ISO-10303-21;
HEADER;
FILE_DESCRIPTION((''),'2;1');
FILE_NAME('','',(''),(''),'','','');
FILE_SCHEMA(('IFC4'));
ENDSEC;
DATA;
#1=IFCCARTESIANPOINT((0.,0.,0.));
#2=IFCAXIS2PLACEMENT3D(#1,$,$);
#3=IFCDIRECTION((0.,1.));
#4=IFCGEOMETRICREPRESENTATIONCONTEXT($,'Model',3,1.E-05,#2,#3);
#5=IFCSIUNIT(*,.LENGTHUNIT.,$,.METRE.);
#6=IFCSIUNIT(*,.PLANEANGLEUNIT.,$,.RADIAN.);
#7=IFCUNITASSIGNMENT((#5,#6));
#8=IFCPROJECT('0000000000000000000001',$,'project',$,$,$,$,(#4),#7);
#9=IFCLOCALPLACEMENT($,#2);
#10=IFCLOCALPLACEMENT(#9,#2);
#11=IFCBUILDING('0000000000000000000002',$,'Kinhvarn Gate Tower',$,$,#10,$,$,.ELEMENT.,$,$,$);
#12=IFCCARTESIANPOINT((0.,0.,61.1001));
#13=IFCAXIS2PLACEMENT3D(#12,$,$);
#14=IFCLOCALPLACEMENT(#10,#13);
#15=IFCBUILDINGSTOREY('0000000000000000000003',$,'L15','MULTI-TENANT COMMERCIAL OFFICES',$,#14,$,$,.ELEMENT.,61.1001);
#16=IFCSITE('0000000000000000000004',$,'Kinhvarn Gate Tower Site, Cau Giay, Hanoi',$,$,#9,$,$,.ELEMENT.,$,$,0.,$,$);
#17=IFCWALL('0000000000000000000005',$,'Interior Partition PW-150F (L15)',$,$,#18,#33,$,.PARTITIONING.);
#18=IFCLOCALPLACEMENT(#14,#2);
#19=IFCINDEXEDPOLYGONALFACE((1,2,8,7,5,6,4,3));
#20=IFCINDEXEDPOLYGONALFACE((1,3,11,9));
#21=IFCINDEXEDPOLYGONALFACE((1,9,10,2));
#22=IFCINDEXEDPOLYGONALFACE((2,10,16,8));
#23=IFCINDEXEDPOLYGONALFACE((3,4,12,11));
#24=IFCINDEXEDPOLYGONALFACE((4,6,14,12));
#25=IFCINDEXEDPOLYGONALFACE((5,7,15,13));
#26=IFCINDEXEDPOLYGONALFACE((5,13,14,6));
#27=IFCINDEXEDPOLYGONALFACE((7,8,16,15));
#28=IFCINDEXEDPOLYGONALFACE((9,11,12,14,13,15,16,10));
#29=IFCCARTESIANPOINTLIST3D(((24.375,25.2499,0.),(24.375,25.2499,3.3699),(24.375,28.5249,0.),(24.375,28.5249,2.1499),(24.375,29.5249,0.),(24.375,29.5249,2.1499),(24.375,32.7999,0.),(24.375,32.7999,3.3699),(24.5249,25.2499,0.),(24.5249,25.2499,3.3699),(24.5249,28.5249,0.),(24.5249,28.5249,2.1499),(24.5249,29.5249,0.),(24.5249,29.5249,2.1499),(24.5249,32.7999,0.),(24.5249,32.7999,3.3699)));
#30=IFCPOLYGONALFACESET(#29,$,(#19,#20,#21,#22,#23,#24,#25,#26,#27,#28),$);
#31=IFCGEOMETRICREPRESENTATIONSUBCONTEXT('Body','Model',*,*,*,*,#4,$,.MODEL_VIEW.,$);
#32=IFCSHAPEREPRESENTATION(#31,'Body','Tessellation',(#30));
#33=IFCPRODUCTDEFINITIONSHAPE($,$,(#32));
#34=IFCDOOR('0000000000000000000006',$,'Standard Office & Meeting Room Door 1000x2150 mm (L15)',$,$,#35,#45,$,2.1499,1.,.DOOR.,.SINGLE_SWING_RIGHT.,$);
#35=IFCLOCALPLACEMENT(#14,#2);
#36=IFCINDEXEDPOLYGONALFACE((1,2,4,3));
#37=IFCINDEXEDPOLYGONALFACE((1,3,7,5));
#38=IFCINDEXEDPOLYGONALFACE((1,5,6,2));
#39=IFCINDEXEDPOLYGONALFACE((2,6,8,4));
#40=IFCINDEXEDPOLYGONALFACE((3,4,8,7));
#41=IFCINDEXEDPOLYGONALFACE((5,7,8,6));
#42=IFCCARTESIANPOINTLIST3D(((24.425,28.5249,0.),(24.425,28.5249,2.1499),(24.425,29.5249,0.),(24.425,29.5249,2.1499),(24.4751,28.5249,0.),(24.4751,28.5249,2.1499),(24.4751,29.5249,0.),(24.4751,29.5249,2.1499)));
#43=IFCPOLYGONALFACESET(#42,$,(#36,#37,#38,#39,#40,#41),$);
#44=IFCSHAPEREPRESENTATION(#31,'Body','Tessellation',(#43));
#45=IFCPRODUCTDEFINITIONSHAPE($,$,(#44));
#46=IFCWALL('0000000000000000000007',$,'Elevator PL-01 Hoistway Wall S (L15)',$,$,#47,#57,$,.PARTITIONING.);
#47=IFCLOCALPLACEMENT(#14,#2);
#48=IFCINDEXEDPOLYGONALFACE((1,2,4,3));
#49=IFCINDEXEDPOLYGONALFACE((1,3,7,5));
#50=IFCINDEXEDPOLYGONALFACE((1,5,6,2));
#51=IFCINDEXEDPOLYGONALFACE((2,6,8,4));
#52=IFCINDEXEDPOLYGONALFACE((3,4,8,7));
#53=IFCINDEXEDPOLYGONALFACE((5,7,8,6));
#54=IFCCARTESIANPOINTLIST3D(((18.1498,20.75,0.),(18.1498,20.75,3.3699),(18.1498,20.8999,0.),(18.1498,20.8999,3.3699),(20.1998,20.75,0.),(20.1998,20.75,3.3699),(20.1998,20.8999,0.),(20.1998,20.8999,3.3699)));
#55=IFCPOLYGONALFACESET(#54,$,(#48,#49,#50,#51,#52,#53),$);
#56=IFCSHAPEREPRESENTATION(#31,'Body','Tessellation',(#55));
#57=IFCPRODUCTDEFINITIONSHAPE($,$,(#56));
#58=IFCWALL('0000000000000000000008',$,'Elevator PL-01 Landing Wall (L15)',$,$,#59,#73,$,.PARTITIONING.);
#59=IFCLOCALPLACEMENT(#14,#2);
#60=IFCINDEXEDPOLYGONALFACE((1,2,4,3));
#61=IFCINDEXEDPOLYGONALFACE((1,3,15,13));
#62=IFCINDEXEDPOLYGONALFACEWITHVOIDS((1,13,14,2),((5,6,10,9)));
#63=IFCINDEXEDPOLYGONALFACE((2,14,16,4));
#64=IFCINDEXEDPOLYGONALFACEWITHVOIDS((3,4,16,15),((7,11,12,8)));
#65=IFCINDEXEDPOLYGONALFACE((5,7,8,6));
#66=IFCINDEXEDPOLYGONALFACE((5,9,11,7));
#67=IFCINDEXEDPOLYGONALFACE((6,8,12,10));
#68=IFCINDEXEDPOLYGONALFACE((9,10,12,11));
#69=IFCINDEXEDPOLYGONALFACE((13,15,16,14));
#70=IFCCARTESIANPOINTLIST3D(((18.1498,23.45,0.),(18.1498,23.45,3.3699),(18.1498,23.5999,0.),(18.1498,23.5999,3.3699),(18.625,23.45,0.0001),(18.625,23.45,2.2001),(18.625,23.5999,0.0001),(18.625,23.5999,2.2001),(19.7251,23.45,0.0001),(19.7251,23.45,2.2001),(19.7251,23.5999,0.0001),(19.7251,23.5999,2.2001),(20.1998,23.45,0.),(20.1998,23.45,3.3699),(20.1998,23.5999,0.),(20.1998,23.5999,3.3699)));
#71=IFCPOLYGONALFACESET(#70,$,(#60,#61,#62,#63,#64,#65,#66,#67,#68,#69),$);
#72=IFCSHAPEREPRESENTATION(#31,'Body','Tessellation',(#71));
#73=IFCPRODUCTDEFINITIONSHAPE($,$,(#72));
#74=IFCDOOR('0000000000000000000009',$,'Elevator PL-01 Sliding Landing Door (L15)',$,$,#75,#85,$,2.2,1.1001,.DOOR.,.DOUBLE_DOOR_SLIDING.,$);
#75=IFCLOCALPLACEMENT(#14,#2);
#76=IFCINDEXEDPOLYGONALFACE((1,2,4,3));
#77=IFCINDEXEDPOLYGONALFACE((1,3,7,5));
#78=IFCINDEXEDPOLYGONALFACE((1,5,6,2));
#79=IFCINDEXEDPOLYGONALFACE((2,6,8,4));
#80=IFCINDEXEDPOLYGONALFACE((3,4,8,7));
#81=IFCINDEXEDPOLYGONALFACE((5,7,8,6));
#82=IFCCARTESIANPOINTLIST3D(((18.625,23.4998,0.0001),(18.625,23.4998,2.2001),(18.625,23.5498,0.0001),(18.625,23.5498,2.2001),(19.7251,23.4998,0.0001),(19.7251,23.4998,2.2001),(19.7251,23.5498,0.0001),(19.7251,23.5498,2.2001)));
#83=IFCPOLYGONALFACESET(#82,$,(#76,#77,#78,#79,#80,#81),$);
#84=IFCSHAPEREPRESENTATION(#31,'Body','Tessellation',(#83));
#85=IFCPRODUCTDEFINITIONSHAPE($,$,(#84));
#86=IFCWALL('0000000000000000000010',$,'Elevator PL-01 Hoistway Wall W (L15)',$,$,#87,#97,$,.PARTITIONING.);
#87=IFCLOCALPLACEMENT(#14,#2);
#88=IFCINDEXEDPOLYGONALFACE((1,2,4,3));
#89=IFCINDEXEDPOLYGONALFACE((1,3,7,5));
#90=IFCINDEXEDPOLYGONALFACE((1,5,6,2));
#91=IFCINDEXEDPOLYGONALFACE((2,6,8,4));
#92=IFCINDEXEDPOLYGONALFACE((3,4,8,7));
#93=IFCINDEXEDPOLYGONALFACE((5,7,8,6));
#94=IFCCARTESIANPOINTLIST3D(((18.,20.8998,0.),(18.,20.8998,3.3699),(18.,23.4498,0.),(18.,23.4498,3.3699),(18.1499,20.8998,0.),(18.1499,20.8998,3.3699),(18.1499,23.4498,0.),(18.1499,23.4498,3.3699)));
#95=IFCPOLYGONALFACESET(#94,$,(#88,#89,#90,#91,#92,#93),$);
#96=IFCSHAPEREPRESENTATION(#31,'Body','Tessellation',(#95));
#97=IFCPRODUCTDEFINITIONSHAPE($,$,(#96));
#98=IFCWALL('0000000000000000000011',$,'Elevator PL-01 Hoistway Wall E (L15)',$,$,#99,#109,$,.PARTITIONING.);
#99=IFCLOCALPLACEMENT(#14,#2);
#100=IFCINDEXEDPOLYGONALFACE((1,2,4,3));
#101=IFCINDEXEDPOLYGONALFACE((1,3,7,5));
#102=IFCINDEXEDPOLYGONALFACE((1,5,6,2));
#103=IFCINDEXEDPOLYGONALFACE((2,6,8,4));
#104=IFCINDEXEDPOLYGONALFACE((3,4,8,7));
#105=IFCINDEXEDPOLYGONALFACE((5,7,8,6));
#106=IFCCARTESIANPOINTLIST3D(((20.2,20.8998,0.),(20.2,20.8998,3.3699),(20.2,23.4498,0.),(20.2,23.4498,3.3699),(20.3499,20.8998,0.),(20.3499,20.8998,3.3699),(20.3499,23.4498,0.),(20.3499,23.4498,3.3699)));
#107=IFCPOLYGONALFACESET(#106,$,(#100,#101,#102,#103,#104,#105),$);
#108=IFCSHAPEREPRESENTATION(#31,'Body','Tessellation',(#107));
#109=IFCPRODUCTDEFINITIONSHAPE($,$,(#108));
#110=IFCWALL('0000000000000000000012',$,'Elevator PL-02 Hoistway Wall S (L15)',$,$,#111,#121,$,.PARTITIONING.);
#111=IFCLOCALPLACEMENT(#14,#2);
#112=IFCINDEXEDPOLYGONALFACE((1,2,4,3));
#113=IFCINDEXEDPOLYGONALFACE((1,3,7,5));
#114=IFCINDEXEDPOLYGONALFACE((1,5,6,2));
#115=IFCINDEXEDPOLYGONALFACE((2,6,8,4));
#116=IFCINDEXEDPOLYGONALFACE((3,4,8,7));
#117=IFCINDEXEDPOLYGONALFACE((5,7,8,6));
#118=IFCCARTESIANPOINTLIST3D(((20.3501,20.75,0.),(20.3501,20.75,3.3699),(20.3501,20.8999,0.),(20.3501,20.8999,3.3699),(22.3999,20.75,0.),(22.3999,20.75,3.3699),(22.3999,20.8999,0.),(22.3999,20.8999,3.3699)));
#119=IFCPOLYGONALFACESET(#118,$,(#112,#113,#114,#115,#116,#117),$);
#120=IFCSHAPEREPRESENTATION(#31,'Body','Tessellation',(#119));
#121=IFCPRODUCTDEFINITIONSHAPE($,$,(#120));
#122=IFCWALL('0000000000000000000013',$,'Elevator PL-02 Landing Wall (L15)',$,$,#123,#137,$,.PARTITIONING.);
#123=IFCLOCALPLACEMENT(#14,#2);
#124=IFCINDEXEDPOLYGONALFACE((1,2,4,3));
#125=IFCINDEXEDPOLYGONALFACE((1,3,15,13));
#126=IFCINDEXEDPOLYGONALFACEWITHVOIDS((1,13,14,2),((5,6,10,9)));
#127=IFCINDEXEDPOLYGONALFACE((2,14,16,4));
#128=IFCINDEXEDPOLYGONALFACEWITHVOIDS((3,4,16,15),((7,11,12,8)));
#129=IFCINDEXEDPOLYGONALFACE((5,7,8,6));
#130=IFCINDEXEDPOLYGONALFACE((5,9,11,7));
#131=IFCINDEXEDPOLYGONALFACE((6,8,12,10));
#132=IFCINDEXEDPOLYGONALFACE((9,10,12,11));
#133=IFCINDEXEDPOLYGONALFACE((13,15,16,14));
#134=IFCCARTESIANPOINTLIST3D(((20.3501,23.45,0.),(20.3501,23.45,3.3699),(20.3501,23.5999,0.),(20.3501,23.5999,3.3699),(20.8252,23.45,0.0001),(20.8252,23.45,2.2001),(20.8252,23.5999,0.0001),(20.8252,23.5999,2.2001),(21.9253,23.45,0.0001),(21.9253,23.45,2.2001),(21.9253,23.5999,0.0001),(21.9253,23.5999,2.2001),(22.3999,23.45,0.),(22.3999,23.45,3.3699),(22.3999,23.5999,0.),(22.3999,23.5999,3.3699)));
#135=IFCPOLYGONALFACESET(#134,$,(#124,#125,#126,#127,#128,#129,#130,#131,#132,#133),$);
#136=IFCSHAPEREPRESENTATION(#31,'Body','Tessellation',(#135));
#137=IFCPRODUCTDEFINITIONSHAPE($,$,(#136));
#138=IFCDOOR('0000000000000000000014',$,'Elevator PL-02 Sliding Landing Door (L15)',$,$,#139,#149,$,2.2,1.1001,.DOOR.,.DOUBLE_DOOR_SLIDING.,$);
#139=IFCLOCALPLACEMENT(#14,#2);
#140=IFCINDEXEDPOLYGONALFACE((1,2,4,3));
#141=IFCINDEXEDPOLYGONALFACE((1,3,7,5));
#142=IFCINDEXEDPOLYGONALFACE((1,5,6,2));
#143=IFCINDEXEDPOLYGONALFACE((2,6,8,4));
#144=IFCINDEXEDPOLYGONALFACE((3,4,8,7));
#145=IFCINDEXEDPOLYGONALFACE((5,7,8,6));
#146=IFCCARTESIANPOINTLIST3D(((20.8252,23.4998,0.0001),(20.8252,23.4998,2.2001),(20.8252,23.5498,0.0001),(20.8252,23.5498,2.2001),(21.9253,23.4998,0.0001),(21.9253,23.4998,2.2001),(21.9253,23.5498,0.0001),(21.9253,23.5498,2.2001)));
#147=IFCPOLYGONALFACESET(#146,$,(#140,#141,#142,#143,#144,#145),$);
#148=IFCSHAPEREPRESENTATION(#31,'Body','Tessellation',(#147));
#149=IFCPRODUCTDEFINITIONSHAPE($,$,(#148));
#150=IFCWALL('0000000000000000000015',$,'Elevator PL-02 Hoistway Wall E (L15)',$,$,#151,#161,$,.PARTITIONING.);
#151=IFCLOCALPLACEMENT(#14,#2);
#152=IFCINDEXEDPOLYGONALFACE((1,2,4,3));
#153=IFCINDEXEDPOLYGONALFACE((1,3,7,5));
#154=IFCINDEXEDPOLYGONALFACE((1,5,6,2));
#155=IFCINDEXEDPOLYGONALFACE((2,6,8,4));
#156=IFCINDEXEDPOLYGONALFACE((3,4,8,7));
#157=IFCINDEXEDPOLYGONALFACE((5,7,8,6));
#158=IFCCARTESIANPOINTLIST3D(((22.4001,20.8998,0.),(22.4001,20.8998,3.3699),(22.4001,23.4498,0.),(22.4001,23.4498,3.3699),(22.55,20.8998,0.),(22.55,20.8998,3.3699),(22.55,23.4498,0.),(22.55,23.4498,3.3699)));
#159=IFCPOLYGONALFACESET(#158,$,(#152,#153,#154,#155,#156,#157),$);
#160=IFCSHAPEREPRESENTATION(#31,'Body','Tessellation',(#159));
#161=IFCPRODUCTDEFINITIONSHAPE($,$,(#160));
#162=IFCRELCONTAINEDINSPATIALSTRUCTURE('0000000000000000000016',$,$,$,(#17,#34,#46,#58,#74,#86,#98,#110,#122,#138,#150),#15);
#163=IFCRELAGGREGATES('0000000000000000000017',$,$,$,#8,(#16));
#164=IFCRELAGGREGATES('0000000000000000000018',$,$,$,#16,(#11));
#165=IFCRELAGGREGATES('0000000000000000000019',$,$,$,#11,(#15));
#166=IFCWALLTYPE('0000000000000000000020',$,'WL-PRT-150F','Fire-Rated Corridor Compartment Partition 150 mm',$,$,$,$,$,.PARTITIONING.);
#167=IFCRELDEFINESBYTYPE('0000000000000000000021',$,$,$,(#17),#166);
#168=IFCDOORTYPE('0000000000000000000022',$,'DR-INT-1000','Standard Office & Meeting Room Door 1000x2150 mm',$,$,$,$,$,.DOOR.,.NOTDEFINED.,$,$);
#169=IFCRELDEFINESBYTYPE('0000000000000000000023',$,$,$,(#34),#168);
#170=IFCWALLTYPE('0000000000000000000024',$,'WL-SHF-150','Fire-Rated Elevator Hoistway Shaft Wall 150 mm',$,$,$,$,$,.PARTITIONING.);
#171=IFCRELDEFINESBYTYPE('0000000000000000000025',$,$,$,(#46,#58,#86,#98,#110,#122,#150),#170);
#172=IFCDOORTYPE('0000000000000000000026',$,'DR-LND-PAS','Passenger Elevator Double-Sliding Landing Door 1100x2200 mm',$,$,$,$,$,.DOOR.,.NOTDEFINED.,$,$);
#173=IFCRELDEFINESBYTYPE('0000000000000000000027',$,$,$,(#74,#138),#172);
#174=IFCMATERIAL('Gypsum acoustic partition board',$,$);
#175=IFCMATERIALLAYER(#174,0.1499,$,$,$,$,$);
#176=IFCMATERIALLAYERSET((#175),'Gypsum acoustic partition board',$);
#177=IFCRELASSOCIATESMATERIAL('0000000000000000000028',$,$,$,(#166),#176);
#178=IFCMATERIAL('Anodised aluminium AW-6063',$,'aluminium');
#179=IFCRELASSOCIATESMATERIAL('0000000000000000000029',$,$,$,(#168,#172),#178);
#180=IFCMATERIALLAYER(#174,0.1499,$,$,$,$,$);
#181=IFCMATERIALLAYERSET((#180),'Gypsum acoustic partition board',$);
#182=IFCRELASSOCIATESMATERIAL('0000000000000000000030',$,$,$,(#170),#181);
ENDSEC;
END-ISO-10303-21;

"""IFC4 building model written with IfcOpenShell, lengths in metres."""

from ifc_helpers import new_model, si_unit, direction, frame, frame_2d, origin, place, context, subcontext, project, spatial, rectangle, extrude, material, layer, layer_set, type_object, element, fill, save


model = new_model("IFC4")

# Units and contexts
model_context = context("Model", 3, precision=1e-05, world=origin(), true_north=direction((0.0, 1.0)))
body_context = subcontext(model_context, "Body", "Model", "MODEL_VIEW")
ifc_project = project(units=[si_unit("LENGTHUNIT", "METRE"), si_unit("PLANEANGLEUNIT", "RADIAN")], contexts=[model_context])

# Site, building, storey
site_placement = place(None, origin())
site = spatial("IfcSite", under=ifc_project, at=site_placement, Name="Kinhvarn Gate Tower Site, Cau Giay, Hanoi", CompositionType="ELEMENT", RefElevation=0.0)
building_placement = place(site_placement, origin())
building = spatial("IfcBuilding", under=site, at=building_placement, Name="Kinhvarn Gate Tower", CompositionType="ELEMENT")
storey_placement = place(building_placement, frame((0.0, 0.0, 61.1001)))
storey = spatial("IfcBuildingStorey", under=building, at=storey_placement, Name="L15", Description="MULTI-TENANT COMMERCIAL OFFICES", CompositionType="ELEMENT", Elevation=61.1001)

# Shared definitions
ifc_material_1 = material(Name="Gypsum acoustic partition board")

# Wall, opening, door
ifc_layer_1 = layer(ifc_material_1, 0.1499)
ifc_layer_set_1 = layer_set([ifc_layer_1], Name="Gypsum acoustic partition board")
wall_type_1 = type_object("IfcWallType", Name="WL-PRT-150F", Description="Fire-Rated Corridor Compartment Partition 150 mm", PredefinedType="PARTITIONING", material=ifc_layer_set_1)
ifc_material_2 = material(Name="Anodised aluminium AW-6063", Category="aluminium")
door_type_1 = type_object("IfcDoorType", Name="DR-INT-1000", Description="Standard Office & Meeting Room Door 1000x2150 mm", OperationType="NOTDEFINED", PredefinedType="DOOR", material=ifc_material_2)
wall_1_placement = place(storey_placement, frame((24.45, 25.25, 0.0), z_axis=(0.0, 0.0, 1.0), x_axis=(0.0, 1.0, 0.0)))
wall_1 = element("IfcWall", 1, at=wall_1_placement, inside=storey, type_object=wall_type_1, Name="Interior Partition PW-150F (L15)", PredefinedType="PARTITIONING", context=body_context, shape_type="SweptSolid", body=[
    extrude(rectangle(XDim=7.55, YDim=0.1499, at=frame_2d((3.7749, 0.0))), origin(), (0.0, 0.0, 1.0), 3.3699),
])
opening_1_placement = place(wall_1_placement, frame((3.2749, 0.0, 0.0)))
opening_1 = element("IfcOpeningElement", 2, at=opening_1_placement, cuts=wall_1, PredefinedType="OPENING", context=body_context, shape_type="SweptSolid", body=[
    extrude(rectangle(XDim=1.0, YDim=2.1499, at=frame_2d((0.5, 1.075))), frame((0.0, 0.085, 0.0), z_axis=(0.0, -1.0, 0.0), x_axis=(1.0, 0.0, 0.0)), (0.0, 0.0, 1.0), 0.1699),
])
door_1_placement = place(opening_1_placement, origin())
door_1 = element("IfcDoor", 3, at=door_1_placement, inside=storey, type_object=door_type_1, Name="Standard Office & Meeting Room Door 1000x2150 mm (L15)", OperationType="SINGLE_SWING_RIGHT", OverallHeight=2.1499, OverallWidth=1.0, PredefinedType="DOOR", context=body_context, shape_type="SweptSolid", body=[
    extrude(rectangle(XDim=1.0, YDim=2.1499, at=frame_2d((0.5, 1.075))), frame((0.0, 0.0249, 0.0), z_axis=(0.0, -1.0, 0.0), x_axis=(1.0, 0.0, 0.0)), (0.0, 0.0, 1.0), 0.05),
])
fill(opening_1, door_1)

# Wall
ifc_layer_2 = layer(ifc_material_1, 0.1499)
ifc_layer_set_2 = layer_set([ifc_layer_2], Name="Gypsum acoustic partition board")
wall_type_2 = type_object("IfcWallType", Name="WL-SHF-150", Description="Fire-Rated Elevator Hoistway Shaft Wall 150 mm", PredefinedType="PARTITIONING", material=ifc_layer_set_2)
wall_2_placement = place(storey_placement, frame((18.1499, 20.825, 0.0), z_axis=(0.0, 0.0, 1.0), x_axis=(1.0, 0.0, 0.0)))
element("IfcWall", 4, at=wall_2_placement, inside=storey, type_object=wall_type_2, Name="Elevator PL-01 Hoistway Wall S (L15)", PredefinedType="PARTITIONING", context=body_context, shape_type="SweptSolid", body=[
    extrude(rectangle(XDim=2.05, YDim=0.1499, at=frame_2d((1.0249, 0.0))), origin(), (0.0, 0.0, 1.0), 3.3699),
])

# Wall, opening, door
wall_3_placement = place(storey_placement, frame((18.1499, 23.5249, 0.0), z_axis=(0.0, 0.0, 1.0), x_axis=(1.0, 0.0, 0.0)))
wall_3 = element("IfcWall", 5, at=wall_3_placement, inside=storey, type_object=wall_type_2, Name="Elevator PL-01 Landing Wall (L15)", PredefinedType="PARTITIONING", context=body_context, shape_type="SweptSolid", body=[
    extrude(rectangle(XDim=2.05, YDim=0.1499, at=frame_2d((1.0249, 0.0))), origin(), (0.0, 0.0, 1.0), 3.3699),
])
opening_2_placement = place(wall_3_placement, frame((0.4751, 0.0, 0.0)))
opening_2 = element("IfcOpeningElement", 6, at=opening_2_placement, cuts=wall_3, PredefinedType="OPENING", context=body_context, shape_type="SweptSolid", body=[
    extrude(rectangle(XDim=1.1001, YDim=2.2, at=frame_2d((0.55, 1.1001))), frame((0.0, 0.085, 0.0), z_axis=(0.0, -1.0, 0.0), x_axis=(1.0, 0.0, 0.0)), (0.0, 0.0, 1.0), 0.1699),
])
door_type_2 = type_object("IfcDoorType", Name="DR-LND-PAS", Description="Passenger Elevator Double-Sliding Landing Door 1100x2200 mm", OperationType="NOTDEFINED", PredefinedType="DOOR", material=ifc_material_2)
door_2_placement = place(opening_2_placement, origin())
door_2 = element("IfcDoor", 7, at=door_2_placement, inside=storey, type_object=door_type_2, Name="Elevator PL-01 Sliding Landing Door (L15)", OperationType="DOUBLE_DOOR_SLIDING", OverallHeight=2.2, OverallWidth=1.1001, PredefinedType="DOOR", context=body_context, shape_type="SweptSolid", body=[
    extrude(rectangle(XDim=1.1001, YDim=2.2, at=frame_2d((0.55, 1.1001))), frame((0.0, 0.0249, 0.0), z_axis=(0.0, -1.0, 0.0), x_axis=(1.0, 0.0, 0.0)), (0.0, 0.0, 1.0), 0.05),
])
fill(opening_2, door_2)

# Walls
for number, where, z_axis, x_axis, name in (
    (8, (18.075, 20.8999, 0.0), (0.0, 0.0, 1.0), (0.0, 1.0, 0.0), "Elevator PL-01 Hoistway Wall W (L15)"),
    (9, (20.2749, 20.8999, 0.0), (0.0, 0.0, 1.0), (0.0, 1.0, 0.0), "Elevator PL-01 Hoistway Wall E (L15)"),
):
    element("IfcWall", number, at=place(storey_placement, frame(where, z_axis=z_axis, x_axis=x_axis)), inside=storey, type_object=wall_type_2, Name=name, PredefinedType="PARTITIONING", context=body_context, shape_type="SweptSolid", body=[
        extrude(rectangle(XDim=2.55, YDim=0.1499, at=frame_2d((1.2749, 0.0))), origin(), (0.0, 0.0, 1.0), 3.3699),
    ])
wall_4_placement = place(storey_placement, frame((20.3501, 20.825, 0.0), z_axis=(0.0, 0.0, 1.0), x_axis=(1.0, 0.0, 0.0)))
element("IfcWall", 10, at=wall_4_placement, inside=storey, type_object=wall_type_2, Name="Elevator PL-02 Hoistway Wall S (L15)", PredefinedType="PARTITIONING", context=body_context, shape_type="SweptSolid", body=[
    extrude(rectangle(XDim=2.0498, YDim=0.1499, at=frame_2d((1.0249, 0.0))), origin(), (0.0, 0.0, 1.0), 3.3699),
])

# Wall, opening, door
wall_5_placement = place(storey_placement, frame((20.3501, 23.5249, 0.0), z_axis=(0.0, 0.0, 1.0), x_axis=(1.0, 0.0, 0.0)))
wall_5 = element("IfcWall", 11, at=wall_5_placement, inside=storey, type_object=wall_type_2, Name="Elevator PL-02 Landing Wall (L15)", PredefinedType="PARTITIONING", context=body_context, shape_type="SweptSolid", body=[
    extrude(rectangle(XDim=2.0498, YDim=0.1499, at=frame_2d((1.0249, 0.0))), origin(), (0.0, 0.0, 1.0), 3.3699),
])
opening_3_placement = place(wall_5_placement, frame((0.4751, 0.0, 0.0)))
opening_3 = element("IfcOpeningElement", 12, at=opening_3_placement, cuts=wall_5, PredefinedType="OPENING", context=body_context, shape_type="SweptSolid", body=[
    extrude(rectangle(XDim=1.1001, YDim=2.2, at=frame_2d((0.55, 1.1001))), frame((0.0, 0.085, 0.0), z_axis=(0.0, -1.0, 0.0), x_axis=(1.0, 0.0, 0.0)), (0.0, 0.0, 1.0), 0.1699),
])
door_3_placement = place(opening_3_placement, origin())
door_3 = element("IfcDoor", 13, at=door_3_placement, inside=storey, type_object=door_type_2, Name="Elevator PL-02 Sliding Landing Door (L15)", OperationType="DOUBLE_DOOR_SLIDING", OverallHeight=2.2, OverallWidth=1.1001, PredefinedType="DOOR", context=body_context, shape_type="SweptSolid", body=[
    extrude(rectangle(XDim=1.1001, YDim=2.2, at=frame_2d((0.55, 1.1001))), frame((0.0, 0.0249, 0.0), z_axis=(0.0, -1.0, 0.0), x_axis=(1.0, 0.0, 0.0)), (0.0, 0.0, 1.0), 0.05),
])
fill(opening_3, door_3)

# Wall
wall_6_placement = place(storey_placement, frame((22.4751, 20.8999, 0.0), z_axis=(0.0, 0.0, 1.0), x_axis=(0.0, 1.0, 0.0)))
element("IfcWall", 14, at=wall_6_placement, inside=storey, type_object=wall_type_2, Name="Elevator PL-02 Hoistway Wall E (L15)", PredefinedType="PARTITIONING", context=body_context, shape_type="SweptSolid", body=[
    extrude(rectangle(XDim=2.55, YDim=0.1499, at=frame_2d((1.2749, 0.0))), origin(), (0.0, 0.0, 1.0), 3.3699),
])

save(model, "model.ifc")
